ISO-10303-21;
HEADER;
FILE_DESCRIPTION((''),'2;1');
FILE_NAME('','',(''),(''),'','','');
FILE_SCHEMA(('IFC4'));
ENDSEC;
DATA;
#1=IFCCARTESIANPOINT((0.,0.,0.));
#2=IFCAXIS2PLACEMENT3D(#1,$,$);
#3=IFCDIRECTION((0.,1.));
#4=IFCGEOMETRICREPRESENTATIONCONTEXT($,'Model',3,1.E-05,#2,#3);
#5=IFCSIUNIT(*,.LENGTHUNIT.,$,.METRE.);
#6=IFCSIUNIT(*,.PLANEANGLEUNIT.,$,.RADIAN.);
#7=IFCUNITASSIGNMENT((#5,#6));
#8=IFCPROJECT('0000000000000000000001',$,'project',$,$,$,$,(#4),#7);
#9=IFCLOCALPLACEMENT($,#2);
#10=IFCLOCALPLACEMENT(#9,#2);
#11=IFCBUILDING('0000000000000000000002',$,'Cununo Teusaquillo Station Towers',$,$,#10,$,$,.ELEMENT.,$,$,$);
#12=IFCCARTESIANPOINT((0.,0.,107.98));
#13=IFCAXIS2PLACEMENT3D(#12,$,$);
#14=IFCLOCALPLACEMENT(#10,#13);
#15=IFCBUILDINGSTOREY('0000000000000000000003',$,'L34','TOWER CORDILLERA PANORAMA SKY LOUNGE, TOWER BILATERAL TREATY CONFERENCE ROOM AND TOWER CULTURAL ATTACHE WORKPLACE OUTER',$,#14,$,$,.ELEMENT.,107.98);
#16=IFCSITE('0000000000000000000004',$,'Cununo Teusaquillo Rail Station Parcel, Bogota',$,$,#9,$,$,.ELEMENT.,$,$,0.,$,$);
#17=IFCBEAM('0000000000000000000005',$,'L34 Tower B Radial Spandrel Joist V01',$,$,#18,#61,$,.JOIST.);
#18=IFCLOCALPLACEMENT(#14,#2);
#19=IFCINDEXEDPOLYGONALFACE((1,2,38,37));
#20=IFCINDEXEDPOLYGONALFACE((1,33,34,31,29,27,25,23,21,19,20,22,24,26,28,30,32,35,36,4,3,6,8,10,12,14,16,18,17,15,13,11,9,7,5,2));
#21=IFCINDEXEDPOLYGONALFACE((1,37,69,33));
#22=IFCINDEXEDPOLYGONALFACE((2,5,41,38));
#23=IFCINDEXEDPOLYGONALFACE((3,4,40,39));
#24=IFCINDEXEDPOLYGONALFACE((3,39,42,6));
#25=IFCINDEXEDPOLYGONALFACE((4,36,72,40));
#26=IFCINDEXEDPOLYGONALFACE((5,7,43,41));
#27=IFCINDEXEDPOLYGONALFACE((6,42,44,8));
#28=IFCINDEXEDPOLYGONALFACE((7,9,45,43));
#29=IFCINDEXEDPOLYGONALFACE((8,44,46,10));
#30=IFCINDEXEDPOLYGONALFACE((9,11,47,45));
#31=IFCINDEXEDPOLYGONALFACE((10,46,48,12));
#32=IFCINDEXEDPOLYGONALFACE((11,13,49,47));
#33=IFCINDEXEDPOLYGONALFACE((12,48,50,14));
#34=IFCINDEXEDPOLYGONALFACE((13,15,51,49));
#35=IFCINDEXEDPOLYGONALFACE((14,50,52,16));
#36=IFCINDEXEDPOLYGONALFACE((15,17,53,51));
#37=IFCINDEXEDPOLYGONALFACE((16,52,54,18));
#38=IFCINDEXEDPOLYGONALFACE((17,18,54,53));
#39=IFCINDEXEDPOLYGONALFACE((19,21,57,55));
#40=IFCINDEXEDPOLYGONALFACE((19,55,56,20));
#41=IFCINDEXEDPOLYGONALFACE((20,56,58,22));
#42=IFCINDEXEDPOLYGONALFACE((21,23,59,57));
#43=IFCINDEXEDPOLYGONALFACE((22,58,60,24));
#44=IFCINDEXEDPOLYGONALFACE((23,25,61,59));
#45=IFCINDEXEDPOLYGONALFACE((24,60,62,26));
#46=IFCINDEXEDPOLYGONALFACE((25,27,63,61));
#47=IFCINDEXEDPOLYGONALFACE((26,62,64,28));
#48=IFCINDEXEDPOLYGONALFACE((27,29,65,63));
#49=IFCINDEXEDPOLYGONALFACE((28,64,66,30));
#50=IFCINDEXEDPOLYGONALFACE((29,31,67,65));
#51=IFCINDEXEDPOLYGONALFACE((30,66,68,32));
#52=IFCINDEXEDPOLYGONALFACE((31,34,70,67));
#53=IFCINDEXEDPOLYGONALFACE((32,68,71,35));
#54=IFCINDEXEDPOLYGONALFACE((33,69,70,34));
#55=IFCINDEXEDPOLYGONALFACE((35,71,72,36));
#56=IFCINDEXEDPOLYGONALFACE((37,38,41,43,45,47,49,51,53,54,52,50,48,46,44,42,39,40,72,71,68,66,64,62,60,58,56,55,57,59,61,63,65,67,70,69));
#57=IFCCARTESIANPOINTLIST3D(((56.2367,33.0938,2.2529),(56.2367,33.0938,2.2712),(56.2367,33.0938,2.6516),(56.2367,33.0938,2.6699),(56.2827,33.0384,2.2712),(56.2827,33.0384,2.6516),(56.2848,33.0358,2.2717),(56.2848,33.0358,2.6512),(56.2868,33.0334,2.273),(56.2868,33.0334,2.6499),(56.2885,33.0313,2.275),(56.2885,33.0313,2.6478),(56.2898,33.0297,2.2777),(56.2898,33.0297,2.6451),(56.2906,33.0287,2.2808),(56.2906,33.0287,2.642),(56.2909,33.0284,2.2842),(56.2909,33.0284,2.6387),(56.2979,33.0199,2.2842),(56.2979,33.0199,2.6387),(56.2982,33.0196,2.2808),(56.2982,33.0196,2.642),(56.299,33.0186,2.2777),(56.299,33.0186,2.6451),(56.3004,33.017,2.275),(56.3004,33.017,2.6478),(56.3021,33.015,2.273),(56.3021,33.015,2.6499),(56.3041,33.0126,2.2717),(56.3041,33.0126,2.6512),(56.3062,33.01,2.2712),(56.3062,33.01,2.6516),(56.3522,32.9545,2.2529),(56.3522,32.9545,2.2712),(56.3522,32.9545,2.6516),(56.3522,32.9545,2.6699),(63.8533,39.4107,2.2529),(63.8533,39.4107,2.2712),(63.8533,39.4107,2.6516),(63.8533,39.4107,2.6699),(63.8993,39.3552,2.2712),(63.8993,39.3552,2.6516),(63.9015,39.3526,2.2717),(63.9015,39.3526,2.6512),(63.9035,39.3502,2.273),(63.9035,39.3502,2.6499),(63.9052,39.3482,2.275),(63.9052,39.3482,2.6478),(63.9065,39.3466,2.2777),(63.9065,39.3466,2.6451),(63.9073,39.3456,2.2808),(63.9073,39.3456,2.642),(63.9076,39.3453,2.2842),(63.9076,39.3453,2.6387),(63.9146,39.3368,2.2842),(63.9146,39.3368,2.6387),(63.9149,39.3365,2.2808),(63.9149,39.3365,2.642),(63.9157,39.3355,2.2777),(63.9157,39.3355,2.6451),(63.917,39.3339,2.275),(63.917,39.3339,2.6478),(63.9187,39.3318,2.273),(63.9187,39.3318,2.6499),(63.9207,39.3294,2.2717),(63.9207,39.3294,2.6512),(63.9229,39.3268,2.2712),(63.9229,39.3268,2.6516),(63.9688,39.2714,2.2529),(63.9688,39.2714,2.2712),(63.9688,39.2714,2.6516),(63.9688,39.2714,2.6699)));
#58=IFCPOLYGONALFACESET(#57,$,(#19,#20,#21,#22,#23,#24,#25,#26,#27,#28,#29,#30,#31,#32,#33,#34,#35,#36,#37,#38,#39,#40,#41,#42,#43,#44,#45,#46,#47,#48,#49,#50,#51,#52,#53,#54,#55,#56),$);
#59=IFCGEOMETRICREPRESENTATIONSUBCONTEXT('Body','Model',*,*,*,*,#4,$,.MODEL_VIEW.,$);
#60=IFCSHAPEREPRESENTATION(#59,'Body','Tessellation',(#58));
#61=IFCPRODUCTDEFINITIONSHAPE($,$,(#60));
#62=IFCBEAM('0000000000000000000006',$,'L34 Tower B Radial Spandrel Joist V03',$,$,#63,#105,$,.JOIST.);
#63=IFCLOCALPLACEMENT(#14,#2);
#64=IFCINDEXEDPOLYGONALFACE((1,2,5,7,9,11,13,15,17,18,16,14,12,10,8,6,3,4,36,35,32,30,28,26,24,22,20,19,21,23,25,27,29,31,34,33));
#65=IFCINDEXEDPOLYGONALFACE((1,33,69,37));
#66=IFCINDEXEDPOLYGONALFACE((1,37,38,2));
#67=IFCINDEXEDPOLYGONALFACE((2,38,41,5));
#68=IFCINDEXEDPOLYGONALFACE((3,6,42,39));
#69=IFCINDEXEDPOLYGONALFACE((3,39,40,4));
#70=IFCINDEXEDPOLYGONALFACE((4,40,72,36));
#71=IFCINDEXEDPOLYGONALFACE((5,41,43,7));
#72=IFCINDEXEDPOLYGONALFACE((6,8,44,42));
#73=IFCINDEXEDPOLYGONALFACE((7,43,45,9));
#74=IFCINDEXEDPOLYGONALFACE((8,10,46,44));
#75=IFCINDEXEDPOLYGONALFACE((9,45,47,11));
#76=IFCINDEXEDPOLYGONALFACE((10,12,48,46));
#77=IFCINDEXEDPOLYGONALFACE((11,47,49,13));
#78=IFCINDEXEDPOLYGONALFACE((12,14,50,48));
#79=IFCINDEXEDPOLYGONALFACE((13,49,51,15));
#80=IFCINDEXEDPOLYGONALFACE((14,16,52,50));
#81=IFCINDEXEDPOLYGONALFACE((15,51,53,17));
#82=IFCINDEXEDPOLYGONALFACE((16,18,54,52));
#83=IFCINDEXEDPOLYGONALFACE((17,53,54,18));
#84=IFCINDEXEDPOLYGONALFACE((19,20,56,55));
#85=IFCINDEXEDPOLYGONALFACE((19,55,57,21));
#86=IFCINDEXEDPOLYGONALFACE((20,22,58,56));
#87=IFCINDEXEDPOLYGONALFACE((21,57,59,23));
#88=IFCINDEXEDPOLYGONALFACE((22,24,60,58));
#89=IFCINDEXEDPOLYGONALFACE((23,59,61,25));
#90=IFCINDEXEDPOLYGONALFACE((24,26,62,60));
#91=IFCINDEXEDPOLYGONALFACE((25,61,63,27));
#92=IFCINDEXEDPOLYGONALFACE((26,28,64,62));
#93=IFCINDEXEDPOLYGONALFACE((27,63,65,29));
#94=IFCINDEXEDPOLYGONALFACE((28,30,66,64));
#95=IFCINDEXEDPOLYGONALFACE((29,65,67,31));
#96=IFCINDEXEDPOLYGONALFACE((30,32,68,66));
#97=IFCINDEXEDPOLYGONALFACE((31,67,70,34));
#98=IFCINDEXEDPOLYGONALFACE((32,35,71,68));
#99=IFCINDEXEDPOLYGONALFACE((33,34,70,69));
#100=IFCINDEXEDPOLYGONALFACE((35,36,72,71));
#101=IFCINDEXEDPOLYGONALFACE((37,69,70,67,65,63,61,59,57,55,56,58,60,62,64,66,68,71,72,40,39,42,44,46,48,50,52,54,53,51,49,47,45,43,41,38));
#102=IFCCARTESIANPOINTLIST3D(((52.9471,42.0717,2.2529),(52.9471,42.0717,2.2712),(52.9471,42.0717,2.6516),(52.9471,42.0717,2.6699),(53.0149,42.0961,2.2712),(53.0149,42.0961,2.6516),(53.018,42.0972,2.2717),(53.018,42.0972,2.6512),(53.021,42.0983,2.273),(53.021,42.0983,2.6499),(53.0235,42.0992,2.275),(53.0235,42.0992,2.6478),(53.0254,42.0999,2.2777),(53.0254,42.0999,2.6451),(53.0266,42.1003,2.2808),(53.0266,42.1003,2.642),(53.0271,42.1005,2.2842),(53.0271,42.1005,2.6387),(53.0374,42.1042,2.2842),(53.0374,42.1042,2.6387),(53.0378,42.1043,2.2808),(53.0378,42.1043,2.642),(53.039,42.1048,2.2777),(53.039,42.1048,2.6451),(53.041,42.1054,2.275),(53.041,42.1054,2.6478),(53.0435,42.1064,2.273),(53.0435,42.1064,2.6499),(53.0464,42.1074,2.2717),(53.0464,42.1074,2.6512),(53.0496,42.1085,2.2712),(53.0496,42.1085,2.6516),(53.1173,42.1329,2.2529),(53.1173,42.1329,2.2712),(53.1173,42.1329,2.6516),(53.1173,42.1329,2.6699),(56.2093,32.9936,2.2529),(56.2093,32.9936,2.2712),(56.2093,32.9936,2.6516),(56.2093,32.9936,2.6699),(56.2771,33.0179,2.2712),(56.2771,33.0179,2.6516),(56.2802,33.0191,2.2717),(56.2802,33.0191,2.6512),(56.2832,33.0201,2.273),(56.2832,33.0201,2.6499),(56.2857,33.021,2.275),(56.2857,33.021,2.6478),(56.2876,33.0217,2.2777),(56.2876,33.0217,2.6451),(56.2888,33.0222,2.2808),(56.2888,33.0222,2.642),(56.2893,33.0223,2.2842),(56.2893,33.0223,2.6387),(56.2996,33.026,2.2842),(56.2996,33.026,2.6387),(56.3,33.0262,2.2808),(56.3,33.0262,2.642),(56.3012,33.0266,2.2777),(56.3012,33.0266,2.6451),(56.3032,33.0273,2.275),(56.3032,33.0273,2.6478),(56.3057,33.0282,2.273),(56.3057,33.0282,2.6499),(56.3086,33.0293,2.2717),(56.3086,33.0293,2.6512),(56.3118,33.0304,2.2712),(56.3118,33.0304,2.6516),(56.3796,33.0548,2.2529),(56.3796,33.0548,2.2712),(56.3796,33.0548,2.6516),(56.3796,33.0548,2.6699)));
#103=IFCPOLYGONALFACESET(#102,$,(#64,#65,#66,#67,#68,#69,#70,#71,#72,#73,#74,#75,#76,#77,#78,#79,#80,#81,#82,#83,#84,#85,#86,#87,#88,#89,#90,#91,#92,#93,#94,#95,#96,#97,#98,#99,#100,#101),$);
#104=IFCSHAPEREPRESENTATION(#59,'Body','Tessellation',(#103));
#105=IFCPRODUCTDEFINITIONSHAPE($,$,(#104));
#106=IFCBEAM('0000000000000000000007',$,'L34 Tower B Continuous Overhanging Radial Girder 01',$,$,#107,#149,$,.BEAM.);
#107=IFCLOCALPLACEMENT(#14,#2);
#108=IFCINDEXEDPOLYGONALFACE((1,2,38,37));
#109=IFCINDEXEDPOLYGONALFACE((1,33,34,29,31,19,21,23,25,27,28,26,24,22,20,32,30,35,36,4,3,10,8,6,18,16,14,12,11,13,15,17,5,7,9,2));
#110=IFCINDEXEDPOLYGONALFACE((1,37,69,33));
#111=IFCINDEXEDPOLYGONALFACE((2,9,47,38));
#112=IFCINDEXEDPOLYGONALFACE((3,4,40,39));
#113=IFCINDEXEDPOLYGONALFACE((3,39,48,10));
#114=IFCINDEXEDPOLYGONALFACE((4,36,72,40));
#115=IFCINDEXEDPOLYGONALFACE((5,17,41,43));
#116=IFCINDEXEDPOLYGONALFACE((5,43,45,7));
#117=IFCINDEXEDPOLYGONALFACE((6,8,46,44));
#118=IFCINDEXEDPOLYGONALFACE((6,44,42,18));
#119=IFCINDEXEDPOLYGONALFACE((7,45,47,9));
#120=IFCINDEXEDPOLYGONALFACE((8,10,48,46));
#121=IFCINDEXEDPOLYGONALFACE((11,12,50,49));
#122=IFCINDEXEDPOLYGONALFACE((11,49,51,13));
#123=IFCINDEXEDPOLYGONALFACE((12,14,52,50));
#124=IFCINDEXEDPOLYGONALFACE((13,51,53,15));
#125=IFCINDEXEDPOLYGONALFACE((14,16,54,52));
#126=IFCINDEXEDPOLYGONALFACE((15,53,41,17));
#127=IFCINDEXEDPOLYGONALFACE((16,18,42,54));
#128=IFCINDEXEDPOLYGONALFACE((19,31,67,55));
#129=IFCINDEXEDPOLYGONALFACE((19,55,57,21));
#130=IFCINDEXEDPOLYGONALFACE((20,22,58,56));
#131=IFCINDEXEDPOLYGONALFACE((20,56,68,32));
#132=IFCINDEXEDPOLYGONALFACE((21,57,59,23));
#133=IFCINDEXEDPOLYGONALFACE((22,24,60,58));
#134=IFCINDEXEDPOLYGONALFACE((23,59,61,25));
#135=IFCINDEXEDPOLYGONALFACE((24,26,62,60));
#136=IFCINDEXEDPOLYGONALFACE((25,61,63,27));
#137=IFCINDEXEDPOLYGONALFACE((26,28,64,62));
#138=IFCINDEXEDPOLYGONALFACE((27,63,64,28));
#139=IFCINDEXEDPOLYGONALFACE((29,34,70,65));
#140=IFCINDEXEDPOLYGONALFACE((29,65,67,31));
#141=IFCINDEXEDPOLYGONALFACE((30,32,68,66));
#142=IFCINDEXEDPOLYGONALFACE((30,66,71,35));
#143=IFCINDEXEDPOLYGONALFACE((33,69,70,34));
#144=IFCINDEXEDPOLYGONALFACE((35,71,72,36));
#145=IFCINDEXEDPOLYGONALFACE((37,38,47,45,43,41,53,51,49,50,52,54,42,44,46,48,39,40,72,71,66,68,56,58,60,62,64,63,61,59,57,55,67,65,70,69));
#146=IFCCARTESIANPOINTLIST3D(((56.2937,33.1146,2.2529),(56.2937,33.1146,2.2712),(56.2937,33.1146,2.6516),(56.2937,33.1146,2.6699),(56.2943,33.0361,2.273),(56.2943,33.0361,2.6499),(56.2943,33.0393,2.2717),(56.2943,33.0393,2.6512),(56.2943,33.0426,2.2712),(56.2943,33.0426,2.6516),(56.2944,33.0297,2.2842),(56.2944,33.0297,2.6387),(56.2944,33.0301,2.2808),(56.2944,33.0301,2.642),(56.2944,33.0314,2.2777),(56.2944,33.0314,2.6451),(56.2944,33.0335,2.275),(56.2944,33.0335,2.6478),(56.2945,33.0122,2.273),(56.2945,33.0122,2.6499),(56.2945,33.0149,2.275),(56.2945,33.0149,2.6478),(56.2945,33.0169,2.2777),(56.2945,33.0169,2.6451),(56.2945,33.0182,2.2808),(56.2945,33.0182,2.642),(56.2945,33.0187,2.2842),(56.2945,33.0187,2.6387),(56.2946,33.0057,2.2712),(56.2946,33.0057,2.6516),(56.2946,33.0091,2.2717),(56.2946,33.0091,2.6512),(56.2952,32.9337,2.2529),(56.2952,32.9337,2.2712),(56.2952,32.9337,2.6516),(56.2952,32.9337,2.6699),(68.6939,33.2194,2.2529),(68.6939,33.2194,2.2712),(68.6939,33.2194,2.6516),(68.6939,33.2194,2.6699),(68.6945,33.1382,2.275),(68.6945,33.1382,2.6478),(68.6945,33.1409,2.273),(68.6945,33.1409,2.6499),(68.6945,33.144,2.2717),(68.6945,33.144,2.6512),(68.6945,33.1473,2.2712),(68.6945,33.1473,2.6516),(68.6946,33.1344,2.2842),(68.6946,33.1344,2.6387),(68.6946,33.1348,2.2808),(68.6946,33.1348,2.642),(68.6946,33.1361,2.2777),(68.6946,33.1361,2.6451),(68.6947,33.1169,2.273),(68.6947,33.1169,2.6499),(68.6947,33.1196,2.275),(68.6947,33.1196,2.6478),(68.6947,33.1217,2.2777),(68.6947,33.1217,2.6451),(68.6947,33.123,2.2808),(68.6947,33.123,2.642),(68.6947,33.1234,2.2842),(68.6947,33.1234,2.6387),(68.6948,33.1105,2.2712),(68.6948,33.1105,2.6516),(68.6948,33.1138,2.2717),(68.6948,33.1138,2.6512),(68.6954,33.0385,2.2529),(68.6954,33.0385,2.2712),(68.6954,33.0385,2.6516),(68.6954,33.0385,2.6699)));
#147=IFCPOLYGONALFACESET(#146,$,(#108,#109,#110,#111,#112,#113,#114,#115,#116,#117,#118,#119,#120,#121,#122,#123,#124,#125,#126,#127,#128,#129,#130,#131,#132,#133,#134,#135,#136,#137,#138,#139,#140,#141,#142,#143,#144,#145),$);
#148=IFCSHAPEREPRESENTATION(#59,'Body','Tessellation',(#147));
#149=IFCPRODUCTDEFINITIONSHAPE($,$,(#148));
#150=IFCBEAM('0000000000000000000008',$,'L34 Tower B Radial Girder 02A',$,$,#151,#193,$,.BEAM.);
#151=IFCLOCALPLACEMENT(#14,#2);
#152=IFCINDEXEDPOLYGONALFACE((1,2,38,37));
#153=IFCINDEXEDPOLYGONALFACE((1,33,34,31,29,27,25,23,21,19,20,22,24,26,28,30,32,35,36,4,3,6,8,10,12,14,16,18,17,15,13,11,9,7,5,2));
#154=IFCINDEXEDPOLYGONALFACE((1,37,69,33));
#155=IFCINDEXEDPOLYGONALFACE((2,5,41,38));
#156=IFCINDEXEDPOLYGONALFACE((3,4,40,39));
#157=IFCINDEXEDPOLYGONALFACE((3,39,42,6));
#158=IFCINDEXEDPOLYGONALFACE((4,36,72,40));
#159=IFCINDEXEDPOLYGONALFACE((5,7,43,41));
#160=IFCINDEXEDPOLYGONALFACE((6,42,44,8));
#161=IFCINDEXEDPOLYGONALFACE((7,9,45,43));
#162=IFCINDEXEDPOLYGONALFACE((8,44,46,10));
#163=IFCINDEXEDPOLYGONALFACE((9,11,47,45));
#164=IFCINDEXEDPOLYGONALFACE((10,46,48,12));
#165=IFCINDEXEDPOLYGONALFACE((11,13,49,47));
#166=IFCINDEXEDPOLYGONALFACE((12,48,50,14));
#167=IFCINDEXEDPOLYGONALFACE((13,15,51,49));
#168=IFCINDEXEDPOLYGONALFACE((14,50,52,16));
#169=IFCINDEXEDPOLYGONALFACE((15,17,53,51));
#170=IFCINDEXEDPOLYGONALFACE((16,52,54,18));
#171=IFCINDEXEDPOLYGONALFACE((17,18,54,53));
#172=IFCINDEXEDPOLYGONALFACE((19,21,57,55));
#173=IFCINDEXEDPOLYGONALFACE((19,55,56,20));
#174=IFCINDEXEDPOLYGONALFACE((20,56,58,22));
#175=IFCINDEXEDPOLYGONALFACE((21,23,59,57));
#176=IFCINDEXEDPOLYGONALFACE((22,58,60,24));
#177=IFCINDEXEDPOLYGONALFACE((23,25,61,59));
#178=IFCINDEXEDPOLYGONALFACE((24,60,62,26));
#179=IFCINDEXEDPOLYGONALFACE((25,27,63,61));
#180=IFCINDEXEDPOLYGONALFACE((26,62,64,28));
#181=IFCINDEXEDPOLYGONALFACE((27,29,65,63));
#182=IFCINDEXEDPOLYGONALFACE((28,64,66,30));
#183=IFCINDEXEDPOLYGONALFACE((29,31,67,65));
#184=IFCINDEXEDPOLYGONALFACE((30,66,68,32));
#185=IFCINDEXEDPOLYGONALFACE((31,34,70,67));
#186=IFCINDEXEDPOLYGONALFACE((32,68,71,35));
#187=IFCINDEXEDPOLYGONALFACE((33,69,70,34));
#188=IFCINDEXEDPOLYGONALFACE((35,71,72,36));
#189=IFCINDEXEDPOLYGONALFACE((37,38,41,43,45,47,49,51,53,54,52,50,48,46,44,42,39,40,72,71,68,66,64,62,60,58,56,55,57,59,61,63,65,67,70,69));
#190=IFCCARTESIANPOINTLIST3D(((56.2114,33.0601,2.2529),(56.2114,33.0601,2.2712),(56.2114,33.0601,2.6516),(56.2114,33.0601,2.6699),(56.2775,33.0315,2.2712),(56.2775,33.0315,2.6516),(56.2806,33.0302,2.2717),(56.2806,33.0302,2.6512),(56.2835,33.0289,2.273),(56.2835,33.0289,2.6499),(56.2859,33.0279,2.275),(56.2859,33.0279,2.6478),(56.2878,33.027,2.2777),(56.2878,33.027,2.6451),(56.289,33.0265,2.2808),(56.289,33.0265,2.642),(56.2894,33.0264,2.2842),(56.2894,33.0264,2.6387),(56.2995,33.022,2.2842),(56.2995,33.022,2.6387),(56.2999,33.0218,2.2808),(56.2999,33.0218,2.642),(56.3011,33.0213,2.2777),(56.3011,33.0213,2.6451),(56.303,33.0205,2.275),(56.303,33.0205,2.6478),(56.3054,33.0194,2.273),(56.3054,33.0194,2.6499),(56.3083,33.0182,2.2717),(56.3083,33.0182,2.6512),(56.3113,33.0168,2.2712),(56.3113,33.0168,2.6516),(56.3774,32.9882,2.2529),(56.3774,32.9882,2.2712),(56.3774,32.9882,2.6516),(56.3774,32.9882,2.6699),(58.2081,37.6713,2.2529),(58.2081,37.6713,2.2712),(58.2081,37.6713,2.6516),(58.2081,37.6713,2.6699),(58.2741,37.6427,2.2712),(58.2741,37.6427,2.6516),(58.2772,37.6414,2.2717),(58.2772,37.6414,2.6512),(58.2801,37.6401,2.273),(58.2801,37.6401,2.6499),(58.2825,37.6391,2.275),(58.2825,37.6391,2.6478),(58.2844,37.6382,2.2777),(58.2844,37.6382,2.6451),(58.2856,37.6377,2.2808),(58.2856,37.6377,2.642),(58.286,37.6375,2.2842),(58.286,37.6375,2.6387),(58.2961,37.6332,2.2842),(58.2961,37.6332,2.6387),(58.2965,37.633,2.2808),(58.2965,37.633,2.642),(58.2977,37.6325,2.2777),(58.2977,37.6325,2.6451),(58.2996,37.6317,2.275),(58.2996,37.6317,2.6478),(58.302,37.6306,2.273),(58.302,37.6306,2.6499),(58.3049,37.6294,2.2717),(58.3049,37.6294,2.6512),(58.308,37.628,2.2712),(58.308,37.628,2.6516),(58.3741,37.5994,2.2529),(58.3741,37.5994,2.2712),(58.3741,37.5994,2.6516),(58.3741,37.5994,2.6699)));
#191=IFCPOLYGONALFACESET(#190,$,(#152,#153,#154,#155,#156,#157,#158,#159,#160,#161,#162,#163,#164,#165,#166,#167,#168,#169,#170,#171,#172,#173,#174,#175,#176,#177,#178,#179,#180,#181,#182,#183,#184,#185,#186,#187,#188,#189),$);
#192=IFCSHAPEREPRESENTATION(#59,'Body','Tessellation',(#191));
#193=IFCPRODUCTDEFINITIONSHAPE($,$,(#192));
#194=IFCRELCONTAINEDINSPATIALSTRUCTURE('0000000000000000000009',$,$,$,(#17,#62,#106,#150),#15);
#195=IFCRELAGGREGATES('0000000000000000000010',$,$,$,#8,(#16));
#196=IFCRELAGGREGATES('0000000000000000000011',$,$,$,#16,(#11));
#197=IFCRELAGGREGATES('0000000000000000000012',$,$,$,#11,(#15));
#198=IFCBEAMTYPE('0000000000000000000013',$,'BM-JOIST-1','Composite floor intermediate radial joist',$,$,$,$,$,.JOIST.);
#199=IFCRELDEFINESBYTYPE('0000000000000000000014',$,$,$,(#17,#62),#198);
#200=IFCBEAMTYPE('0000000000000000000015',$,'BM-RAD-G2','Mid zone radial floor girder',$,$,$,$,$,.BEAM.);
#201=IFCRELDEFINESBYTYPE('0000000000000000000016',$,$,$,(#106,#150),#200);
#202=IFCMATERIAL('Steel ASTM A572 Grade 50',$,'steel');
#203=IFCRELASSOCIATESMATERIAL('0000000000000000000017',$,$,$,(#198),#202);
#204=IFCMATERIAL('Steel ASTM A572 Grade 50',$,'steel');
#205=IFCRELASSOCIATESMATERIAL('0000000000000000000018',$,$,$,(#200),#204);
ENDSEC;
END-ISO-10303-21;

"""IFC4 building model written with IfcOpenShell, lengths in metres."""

from ifc_helpers import new_model, si_unit, direction, frame, origin, origin_2d, place, context, subcontext, project, spatial, i_section, extrude, material, material_profile, profile_set, type_object, element, save


model = new_model("IFC4")

# Units and contexts
model_context = context("Model", 3, precision=1e-05, world=origin(), true_north=direction((0.0, 1.0)))
body_context = subcontext(model_context, "Body", "Model", "MODEL_VIEW")
ifc_project = project(units=[si_unit("LENGTHUNIT", "METRE"), si_unit("PLANEANGLEUNIT", "RADIAN")], contexts=[model_context])

# Site, building, storey
site_placement = place(None, origin())
site = spatial("IfcSite", under=ifc_project, at=site_placement, Name="Cununo Teusaquillo Rail Station Parcel, Bogota", CompositionType="ELEMENT", RefElevation=0.0)
building_placement = place(site_placement, origin())
building = spatial("IfcBuilding", under=site, at=building_placement, Name="Cununo Teusaquillo Station Towers", CompositionType="ELEMENT")
storey_placement = place(building_placement, frame((0.0, 0.0, 107.98)))
storey = spatial("IfcBuildingStorey", under=building, at=storey_placement, Name="L34", Description="TOWER CORDILLERA PANORAMA SKY LOUNGE, TOWER BILATERAL TREATY CONFERENCE ROOM AND TOWER CULTURAL ATTACHE WORKPLACE OUTER", CompositionType="ELEMENT", Elevation=107.98)

# Beams
ifc_material_1 = material(Name="Steel ASTM A572 Grade 50", Category="steel")
ifc_material_profile_1 = material_profile(ifc_material_1, i_section(OverallWidth=0.1809, OverallDepth=0.417, WebThickness=0.011, FlangeThickness=0.0183, FilletRadius=0.0129, at=origin_2d()), Name="W16X57")
ifc_profile_set_1 = profile_set([ifc_material_profile_1], Name="Steel ASTM A572 Grade 50")
beam_type_1 = type_object("IfcBeamType", Name="BM-JOIST-1", Description="Composite floor intermediate radial joist", PredefinedType="JOIST", material=ifc_profile_set_1)
beam_1_placement = place(storey_placement, frame((56.2944, 33.0242, 2.4614), z_axis=(0.769728, 0.638372, 0.0), x_axis=(-0.638372, 0.769728, 0.0)))
element("IfcBeam", 1, at=beam_1_placement, inside=storey, type_object=beam_type_1, Name="L34 Tower B Radial Spandrel Joist V01", PredefinedType="JOIST", context=body_context, shape_type="SweptSolid", body=[
    extrude(i_section(OverallWidth=0.1809, OverallDepth=0.417, WebThickness=0.011, FlangeThickness=0.0183, FilletRadius=0.0129, at=origin_2d()), origin(), (0.0, 0.0, 1.0), 9.8953),
])
beam_2_placement = place(storey_placement, frame((56.2944, 33.0242, 2.4614), z_axis=(-0.338176, 0.941083, 0.0), x_axis=(-0.941083, -0.338176, 0.0)))
element("IfcBeam", 2, at=beam_2_placement, inside=storey, type_object=beam_type_1, Name="L34 Tower B Radial Spandrel Joist V03", PredefinedType="JOIST", context=body_context, shape_type="SweptSolid", body=[
    extrude(i_section(OverallWidth=0.1809, OverallDepth=0.417, WebThickness=0.011, FlangeThickness=0.0183, FilletRadius=0.0129, at=origin_2d()), origin(), (0.0, 0.0, 1.0), 9.6465),
])
ifc_material_2 = material(Name="Steel ASTM A572 Grade 50", Category="steel")
ifc_material_profile_2 = material_profile(ifc_material_2, i_section(OverallWidth=0.1809, OverallDepth=0.417, WebThickness=0.011, FlangeThickness=0.0183, FilletRadius=0.0129, at=origin_2d()), Name="W16X57")
ifc_profile_set_2 = profile_set([ifc_material_profile_2], Name="Steel ASTM A572 Grade 50")
beam_type_2 = type_object("IfcBeamType", Name="BM-RAD-G2", Description="Mid zone radial floor girder", PredefinedType="BEAM", material=ifc_profile_set_2)
beam_3_placement = place(storey_placement, frame((56.2944, 33.0242, 2.4614), z_axis=(0.999964, 0.008446, 0.0), x_axis=(-0.008446, 0.999964, 0.0)))
element("IfcBeam", 3, at=beam_3_placement, inside=storey, type_object=beam_type_2, Name="L34 Tower B Continuous Overhanging Radial Girder 01", PredefinedType="BEAM", context=body_context, shape_type="SweptSolid", body=[
    extrude(i_section(OverallWidth=0.1809, OverallDepth=0.417, WebThickness=0.011, FlangeThickness=0.0183, FilletRadius=0.0129, at=origin_2d()), origin(), (0.0, 0.0, 1.0), 12.4006),
])
beam_4_placement = place(storey_placement, frame((56.2944, 33.0242, 2.4614), z_axis=(0.397347, 0.917668, 0.0), x_axis=(-0.917668, 0.397347, 0.0)))
element("IfcBeam", 4, at=beam_4_placement, inside=storey, type_object=beam_type_2, Name="L34 Tower B Radial Girder 02A", PredefinedType="BEAM", context=body_context, shape_type="SweptSolid", body=[
    extrude(i_section(OverallWidth=0.1809, OverallDepth=0.417, WebThickness=0.011, FlangeThickness=0.0183, FilletRadius=0.0129, at=origin_2d()), origin(), (0.0, 0.0, 1.0), 5.0249),
])

save(model, "model.ifc")
